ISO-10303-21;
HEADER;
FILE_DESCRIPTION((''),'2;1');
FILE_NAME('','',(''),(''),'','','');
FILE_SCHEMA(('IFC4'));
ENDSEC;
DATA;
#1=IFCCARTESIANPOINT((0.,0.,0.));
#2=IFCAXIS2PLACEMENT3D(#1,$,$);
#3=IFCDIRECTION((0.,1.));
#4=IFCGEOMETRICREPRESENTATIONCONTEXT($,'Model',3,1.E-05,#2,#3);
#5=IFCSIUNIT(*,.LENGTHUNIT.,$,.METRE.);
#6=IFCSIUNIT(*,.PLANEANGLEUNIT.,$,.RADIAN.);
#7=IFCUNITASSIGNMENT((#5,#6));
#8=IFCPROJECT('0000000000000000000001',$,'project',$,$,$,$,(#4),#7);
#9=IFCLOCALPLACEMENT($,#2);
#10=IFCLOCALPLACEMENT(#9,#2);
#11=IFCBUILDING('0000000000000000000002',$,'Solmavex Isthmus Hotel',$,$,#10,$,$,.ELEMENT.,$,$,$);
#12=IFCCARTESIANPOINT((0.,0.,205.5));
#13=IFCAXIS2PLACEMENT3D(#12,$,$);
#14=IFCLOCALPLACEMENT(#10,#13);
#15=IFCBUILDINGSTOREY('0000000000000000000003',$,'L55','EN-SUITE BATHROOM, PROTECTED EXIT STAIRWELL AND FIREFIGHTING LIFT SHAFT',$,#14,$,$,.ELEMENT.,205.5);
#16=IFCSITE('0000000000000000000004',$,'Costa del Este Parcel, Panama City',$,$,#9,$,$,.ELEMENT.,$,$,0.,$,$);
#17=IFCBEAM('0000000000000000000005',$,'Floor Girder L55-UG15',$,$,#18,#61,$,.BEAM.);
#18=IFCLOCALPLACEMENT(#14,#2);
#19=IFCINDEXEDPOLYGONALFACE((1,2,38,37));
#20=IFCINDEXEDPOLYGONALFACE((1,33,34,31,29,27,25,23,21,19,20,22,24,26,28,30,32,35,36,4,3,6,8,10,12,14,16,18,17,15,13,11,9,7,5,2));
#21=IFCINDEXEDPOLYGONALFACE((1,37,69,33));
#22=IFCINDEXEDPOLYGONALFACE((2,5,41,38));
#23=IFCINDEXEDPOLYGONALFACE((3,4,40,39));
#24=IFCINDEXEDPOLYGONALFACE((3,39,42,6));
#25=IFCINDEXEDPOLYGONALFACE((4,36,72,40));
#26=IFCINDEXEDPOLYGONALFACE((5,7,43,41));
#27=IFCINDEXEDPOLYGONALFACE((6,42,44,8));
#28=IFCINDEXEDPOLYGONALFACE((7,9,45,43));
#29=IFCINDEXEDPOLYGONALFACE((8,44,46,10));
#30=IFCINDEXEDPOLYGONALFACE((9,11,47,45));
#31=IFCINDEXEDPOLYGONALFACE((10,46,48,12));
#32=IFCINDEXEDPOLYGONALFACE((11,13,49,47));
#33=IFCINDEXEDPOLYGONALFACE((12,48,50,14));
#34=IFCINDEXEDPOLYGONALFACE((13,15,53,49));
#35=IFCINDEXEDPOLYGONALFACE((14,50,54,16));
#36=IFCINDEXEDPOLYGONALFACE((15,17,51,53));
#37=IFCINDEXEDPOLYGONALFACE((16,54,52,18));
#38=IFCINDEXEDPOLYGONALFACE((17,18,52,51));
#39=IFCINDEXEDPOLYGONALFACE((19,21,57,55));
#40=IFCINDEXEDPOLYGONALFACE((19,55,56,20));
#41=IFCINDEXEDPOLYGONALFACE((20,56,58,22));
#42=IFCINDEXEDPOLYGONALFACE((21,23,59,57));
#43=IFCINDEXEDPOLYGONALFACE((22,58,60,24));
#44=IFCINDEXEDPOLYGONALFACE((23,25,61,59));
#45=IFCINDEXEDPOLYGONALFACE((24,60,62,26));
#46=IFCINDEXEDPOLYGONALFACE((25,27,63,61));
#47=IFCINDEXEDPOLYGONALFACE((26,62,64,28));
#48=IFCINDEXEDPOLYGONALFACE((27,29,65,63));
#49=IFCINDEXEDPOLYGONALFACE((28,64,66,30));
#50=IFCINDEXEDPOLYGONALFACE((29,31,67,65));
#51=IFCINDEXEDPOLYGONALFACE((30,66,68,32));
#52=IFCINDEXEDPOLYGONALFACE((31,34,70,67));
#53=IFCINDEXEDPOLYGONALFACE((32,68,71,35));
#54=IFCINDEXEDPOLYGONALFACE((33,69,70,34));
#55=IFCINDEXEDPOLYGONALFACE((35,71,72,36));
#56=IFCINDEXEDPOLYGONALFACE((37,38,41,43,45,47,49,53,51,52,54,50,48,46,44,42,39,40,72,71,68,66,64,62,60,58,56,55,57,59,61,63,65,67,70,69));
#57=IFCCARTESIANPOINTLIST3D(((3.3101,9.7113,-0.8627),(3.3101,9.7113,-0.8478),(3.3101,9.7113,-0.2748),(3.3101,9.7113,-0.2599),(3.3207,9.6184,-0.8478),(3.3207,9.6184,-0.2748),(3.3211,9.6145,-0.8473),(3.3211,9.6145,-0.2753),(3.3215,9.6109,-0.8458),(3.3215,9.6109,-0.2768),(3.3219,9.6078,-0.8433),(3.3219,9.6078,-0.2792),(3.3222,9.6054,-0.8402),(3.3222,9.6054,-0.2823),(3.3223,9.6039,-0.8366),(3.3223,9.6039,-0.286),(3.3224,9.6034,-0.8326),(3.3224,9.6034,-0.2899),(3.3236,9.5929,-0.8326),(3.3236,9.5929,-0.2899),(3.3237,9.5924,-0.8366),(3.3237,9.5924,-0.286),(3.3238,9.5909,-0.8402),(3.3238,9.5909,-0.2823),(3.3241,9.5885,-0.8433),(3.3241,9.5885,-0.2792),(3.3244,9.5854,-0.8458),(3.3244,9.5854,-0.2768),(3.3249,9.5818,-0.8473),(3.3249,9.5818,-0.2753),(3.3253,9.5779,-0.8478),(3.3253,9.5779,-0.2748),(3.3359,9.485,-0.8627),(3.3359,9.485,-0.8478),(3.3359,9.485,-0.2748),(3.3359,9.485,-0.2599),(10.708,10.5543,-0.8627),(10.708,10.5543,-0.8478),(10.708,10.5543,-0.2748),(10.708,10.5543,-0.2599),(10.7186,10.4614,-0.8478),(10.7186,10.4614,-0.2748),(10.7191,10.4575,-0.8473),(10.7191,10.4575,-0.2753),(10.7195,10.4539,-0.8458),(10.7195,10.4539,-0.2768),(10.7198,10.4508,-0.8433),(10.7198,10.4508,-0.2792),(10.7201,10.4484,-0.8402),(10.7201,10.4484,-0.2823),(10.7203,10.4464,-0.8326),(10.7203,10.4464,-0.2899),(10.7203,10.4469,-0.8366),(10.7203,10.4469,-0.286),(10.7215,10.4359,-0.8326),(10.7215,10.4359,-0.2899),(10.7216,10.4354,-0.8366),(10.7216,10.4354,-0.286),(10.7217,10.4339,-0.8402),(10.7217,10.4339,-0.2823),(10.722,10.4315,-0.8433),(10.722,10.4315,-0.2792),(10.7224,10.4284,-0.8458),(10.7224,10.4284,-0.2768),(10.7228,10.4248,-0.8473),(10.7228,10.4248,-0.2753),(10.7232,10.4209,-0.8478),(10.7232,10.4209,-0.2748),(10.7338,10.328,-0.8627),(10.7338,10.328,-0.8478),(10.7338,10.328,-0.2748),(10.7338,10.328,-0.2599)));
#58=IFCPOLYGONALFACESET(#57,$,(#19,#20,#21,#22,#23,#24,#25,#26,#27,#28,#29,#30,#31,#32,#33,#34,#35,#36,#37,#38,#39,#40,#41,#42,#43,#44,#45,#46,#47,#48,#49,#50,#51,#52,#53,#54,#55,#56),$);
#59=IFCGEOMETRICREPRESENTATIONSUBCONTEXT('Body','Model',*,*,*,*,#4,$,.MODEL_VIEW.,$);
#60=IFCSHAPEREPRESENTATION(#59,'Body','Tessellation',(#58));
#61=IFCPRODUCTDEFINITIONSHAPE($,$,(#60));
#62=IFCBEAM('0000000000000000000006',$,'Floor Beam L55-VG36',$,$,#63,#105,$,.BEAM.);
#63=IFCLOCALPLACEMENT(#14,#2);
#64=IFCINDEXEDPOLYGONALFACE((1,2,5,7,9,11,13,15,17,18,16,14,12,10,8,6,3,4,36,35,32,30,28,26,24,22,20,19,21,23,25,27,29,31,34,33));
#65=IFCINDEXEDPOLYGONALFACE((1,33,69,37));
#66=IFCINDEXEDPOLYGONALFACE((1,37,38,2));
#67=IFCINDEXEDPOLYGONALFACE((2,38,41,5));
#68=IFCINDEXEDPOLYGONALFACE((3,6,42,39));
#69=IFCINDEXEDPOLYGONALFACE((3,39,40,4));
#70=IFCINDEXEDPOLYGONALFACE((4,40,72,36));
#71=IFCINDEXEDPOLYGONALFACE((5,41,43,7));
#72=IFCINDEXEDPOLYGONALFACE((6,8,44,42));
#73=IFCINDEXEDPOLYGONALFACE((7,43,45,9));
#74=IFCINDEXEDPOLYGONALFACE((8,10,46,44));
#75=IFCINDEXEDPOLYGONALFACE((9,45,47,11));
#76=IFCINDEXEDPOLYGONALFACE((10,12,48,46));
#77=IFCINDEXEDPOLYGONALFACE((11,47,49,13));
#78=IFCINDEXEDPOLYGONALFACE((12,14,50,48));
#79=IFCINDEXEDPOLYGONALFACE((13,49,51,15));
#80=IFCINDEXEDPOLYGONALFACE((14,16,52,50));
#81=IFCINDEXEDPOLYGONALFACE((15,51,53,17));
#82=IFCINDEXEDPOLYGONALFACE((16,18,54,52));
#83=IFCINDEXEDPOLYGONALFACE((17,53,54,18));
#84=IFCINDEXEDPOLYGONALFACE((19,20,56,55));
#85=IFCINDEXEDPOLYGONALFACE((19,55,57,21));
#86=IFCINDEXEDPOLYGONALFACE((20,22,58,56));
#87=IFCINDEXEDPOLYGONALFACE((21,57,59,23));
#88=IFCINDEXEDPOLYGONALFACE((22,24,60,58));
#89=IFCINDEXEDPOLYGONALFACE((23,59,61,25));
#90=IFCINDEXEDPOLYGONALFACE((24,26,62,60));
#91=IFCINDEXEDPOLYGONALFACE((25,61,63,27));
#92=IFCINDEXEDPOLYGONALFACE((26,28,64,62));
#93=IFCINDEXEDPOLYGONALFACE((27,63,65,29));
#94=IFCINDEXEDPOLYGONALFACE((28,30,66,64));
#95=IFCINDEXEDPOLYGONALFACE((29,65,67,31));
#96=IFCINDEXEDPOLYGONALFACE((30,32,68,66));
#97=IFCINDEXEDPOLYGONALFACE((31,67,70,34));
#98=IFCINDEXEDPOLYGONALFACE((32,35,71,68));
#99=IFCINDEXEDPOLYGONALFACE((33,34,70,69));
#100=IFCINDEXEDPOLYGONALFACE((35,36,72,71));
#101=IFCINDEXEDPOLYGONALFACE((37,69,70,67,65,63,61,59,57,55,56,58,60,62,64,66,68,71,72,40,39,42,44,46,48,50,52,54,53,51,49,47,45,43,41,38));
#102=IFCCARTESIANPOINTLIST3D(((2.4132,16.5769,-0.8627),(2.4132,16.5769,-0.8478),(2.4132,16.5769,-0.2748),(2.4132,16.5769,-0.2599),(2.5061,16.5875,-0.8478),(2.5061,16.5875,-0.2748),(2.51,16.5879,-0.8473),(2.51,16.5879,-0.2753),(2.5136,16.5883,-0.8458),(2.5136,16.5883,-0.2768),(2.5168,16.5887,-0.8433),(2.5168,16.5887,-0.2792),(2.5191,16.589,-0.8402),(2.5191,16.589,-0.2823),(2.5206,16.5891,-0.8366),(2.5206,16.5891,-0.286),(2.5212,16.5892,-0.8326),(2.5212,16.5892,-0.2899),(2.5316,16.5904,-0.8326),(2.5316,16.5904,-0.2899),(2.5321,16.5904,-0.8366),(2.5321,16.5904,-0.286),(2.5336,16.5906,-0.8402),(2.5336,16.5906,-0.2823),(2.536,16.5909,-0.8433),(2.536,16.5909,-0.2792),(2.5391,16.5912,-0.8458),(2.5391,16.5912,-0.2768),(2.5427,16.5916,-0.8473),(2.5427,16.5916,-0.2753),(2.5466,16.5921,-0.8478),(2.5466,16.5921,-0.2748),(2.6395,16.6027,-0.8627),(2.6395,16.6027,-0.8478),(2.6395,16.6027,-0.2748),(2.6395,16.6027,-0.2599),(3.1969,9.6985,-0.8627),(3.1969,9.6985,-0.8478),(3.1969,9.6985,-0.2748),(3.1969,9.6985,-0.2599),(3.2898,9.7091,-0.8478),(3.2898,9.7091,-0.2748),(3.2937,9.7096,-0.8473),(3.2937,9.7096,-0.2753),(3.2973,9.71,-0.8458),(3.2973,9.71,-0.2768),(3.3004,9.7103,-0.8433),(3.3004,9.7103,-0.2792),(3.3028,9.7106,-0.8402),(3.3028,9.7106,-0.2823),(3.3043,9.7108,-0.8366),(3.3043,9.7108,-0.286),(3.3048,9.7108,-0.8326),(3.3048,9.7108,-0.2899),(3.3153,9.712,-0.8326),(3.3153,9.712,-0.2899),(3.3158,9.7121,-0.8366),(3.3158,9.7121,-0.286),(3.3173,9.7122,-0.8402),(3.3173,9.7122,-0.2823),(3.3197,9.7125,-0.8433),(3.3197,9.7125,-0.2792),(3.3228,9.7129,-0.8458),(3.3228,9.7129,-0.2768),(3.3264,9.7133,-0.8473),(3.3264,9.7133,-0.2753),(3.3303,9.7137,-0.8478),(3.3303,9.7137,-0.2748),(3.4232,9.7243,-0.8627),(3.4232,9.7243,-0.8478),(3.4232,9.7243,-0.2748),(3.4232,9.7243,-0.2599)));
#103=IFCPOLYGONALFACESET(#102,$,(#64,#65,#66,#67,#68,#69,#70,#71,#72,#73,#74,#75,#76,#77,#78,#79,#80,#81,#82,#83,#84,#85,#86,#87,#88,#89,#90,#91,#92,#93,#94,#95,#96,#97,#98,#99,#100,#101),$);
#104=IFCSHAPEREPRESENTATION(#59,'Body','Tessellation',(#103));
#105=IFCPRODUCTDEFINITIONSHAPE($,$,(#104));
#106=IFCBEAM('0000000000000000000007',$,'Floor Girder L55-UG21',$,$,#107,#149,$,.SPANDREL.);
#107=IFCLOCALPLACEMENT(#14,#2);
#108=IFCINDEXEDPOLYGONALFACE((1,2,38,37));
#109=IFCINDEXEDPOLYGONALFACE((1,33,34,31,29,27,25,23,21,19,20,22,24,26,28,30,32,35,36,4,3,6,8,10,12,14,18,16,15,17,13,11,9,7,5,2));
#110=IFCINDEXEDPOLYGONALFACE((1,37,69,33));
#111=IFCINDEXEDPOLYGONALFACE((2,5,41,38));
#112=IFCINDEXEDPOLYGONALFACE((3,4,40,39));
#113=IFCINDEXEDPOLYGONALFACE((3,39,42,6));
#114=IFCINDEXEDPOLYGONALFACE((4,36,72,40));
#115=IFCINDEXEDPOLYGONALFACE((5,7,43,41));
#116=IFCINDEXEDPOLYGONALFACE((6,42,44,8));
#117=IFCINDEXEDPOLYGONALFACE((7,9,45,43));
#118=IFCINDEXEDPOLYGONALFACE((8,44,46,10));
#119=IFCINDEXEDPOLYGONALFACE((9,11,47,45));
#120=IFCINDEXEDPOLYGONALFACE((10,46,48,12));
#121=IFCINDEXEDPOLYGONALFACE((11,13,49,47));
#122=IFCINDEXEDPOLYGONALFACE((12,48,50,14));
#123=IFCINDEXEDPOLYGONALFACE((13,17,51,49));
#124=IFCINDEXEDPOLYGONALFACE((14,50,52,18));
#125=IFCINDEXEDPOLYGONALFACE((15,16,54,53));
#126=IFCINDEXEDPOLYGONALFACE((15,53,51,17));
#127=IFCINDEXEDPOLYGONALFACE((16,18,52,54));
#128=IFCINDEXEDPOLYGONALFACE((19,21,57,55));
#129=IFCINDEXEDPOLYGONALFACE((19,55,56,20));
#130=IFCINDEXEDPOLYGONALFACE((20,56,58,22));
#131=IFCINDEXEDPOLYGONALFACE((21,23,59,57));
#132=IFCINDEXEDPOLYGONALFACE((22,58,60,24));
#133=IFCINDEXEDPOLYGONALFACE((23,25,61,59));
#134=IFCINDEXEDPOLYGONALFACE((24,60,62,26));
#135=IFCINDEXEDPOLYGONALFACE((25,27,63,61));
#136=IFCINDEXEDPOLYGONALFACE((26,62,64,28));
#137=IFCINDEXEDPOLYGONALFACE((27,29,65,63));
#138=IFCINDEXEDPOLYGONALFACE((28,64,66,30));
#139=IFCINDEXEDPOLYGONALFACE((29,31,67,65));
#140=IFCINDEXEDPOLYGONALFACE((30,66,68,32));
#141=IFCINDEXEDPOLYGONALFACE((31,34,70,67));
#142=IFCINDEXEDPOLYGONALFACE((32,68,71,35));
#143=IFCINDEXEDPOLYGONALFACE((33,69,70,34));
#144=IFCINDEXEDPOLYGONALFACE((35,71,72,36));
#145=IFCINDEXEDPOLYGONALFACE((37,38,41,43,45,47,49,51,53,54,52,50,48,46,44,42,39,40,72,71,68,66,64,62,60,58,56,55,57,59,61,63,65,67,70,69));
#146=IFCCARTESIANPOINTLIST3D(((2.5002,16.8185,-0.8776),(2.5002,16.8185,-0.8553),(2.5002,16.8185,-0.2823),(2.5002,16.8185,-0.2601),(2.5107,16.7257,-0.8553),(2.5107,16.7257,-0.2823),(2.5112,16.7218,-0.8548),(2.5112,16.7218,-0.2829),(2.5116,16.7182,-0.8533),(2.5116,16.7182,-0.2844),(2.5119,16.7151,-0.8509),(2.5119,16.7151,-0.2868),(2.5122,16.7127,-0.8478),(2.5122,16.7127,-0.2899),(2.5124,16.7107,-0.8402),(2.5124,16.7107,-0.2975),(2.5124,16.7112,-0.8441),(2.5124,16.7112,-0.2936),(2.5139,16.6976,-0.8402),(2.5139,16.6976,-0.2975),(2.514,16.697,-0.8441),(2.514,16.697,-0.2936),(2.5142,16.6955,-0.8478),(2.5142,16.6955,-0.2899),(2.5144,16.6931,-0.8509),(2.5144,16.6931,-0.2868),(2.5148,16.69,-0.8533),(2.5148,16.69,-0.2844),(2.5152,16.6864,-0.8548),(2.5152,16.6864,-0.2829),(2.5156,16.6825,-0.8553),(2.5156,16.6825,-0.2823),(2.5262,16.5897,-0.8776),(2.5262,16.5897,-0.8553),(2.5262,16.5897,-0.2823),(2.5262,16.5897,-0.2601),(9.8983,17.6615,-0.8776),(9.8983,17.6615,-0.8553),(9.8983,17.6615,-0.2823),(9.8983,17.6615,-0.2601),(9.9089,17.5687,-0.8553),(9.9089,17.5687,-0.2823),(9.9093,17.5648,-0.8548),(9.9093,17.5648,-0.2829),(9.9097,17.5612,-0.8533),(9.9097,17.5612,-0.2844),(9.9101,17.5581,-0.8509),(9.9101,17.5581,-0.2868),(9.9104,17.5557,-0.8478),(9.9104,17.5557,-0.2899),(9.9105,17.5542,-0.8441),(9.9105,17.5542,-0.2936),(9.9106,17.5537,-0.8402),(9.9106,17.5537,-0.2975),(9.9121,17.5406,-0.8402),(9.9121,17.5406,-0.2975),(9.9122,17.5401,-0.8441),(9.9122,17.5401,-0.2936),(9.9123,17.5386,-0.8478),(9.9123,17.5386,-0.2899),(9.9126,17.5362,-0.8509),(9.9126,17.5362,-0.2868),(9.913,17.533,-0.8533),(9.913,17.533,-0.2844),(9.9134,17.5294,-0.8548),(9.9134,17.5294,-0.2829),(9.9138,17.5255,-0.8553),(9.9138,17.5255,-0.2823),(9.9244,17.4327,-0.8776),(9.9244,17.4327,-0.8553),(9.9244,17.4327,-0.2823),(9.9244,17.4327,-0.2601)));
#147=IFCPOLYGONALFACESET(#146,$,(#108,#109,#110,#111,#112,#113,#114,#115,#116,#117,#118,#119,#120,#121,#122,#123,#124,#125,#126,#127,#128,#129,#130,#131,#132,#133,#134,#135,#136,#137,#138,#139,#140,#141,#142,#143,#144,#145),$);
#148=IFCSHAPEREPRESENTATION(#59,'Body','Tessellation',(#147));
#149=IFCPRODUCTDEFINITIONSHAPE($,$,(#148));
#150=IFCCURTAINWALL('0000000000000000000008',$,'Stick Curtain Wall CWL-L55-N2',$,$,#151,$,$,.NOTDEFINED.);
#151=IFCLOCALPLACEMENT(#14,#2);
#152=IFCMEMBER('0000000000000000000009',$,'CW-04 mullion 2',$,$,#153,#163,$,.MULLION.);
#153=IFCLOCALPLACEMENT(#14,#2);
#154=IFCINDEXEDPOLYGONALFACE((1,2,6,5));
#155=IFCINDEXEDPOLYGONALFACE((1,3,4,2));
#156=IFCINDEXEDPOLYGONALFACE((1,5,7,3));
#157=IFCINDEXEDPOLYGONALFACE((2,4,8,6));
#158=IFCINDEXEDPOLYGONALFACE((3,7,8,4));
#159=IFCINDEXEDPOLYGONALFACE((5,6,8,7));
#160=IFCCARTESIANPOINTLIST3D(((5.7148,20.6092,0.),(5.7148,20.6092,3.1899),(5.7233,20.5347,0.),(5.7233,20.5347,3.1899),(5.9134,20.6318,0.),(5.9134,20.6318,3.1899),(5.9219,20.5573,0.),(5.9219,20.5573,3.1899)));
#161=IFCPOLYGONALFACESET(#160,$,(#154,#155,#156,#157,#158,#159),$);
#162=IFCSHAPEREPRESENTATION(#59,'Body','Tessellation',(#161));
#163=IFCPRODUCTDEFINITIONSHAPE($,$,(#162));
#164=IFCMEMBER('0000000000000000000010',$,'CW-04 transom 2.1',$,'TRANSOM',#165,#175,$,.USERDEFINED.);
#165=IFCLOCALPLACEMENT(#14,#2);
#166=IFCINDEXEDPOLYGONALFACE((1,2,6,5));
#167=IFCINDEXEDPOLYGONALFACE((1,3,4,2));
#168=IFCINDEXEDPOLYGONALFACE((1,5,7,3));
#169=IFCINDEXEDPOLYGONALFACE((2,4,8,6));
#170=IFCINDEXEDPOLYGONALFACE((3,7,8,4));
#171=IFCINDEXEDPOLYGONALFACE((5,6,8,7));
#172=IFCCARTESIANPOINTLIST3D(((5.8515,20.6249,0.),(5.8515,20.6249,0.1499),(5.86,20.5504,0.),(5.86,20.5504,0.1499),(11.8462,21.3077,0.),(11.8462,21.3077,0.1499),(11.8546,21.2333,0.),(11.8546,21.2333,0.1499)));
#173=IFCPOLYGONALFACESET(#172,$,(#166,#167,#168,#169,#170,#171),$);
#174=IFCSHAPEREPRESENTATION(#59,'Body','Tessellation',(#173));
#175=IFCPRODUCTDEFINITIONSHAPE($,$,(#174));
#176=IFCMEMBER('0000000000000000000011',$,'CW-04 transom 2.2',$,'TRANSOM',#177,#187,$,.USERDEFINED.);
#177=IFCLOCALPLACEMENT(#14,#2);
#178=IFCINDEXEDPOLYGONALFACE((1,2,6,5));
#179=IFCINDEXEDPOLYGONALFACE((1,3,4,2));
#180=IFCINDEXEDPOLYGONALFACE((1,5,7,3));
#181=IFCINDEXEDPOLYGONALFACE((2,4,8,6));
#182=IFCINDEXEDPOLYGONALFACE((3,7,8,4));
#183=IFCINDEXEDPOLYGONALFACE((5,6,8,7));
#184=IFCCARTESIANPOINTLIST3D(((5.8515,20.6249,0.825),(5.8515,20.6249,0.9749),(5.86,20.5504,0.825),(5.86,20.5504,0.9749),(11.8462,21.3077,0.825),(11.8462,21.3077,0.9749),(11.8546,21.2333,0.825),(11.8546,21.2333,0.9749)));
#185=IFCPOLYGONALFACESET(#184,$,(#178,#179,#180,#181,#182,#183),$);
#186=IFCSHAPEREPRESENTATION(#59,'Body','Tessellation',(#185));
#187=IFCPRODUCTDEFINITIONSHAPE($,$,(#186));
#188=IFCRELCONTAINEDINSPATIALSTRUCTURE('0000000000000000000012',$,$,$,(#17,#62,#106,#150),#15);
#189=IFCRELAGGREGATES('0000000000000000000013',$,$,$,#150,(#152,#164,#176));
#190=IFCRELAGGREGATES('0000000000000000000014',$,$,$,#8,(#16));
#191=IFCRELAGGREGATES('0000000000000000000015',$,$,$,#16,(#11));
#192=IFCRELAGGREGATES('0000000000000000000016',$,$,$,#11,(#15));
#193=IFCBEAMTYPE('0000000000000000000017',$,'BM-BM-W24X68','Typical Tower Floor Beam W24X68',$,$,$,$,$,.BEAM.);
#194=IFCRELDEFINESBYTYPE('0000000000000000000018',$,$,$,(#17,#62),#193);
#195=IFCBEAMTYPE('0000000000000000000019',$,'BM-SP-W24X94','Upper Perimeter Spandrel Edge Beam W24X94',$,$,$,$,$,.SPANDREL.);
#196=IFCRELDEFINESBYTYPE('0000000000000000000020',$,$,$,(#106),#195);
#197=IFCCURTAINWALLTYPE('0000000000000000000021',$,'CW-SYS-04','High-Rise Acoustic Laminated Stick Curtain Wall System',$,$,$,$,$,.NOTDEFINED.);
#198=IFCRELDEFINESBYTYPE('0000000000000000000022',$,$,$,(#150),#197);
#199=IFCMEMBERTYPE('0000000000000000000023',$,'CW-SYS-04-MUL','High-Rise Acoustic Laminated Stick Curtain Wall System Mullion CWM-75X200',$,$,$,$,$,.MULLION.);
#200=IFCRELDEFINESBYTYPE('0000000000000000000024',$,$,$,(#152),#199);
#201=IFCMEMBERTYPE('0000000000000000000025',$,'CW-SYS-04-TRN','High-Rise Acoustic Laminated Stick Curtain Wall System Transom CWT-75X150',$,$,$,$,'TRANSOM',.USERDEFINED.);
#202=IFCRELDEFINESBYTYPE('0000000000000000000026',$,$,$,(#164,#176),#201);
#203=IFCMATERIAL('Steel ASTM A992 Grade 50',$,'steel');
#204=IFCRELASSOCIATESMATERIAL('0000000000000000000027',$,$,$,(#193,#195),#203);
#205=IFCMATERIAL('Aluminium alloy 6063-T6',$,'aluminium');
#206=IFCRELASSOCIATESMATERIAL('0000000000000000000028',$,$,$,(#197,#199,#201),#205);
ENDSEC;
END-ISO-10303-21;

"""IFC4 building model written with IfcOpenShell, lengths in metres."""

from ifc_helpers import new_model, si_unit, direction, frame, origin, origin_2d, place, context, subcontext, project, spatial, rectangle, i_section, extrude, material, material_profile, profile_set, type_object, element, aggregate, save


model = new_model("IFC4")

# Units and contexts
model_context = context("Model", 3, precision=1e-05, world=origin(), true_north=direction((0.0, 1.0)))
body_context = subcontext(model_context, "Body", "Model", "MODEL_VIEW")
ifc_project = project(units=[si_unit("LENGTHUNIT", "METRE"), si_unit("PLANEANGLEUNIT", "RADIAN")], contexts=[model_context])

# Site, building, storey
site_placement = place(None, origin())
site = spatial("IfcSite", under=ifc_project, at=site_placement, Name="Costa del Este Parcel, Panama City", CompositionType="ELEMENT", RefElevation=0.0)
building_placement = place(site_placement, origin())
building = spatial("IfcBuilding", under=site, at=building_placement, Name="Solmavex Isthmus Hotel", CompositionType="ELEMENT")
storey_placement = place(building_placement, frame((0.0, 0.0, 205.5)))
storey = spatial("IfcBuildingStorey", under=building, at=storey_placement, Name="L55", Description="EN-SUITE BATHROOM, PROTECTED EXIT STAIRWELL AND FIREFIGHTING LIFT SHAFT", CompositionType="ELEMENT", Elevation=205.5)

# Beams
ifc_material_1 = material(Name="Steel ASTM A992 Grade 50", Category="steel")
ifc_material_profile_1 = material_profile(ifc_material_1, i_section(OverallWidth=0.2278, OverallDepth=0.6028, WebThickness=0.0105, FlangeThickness=0.0149, FilletRadius=0.0151, at=origin_2d()), Name="W24X68")
ifc_profile_set_1 = profile_set([ifc_material_profile_1], Name="Steel ASTM A992 Grade 50")
beam_type_1 = type_object("IfcBeamType", Name="BM-BM-W24X68", Description="Typical Tower Floor Beam W24X68", PredefinedType="BEAM", material=ifc_profile_set_1)
beam_1_placement = place(storey_placement, frame((3.323, 9.5981, -0.5613), z_axis=(0.99357, 0.11322, 0.0), x_axis=(-0.11322, 0.99357, 0.0)))
element("IfcBeam", 1, at=beam_1_placement, inside=storey, type_object=beam_type_1, Name="Floor Girder L55-UG15", PredefinedType="BEAM", context=body_context, shape_type="SweptSolid", body=[
    extrude(i_section(OverallWidth=0.2278, OverallDepth=0.6028, WebThickness=0.0105, FlangeThickness=0.0149, FilletRadius=0.0151, at=origin_2d()), origin(), (0.0, 0.0, 1.0), 7.4458),
])
beam_2_placement = place(storey_placement, frame((3.3101, 9.7114, -0.5613), z_axis=(-0.113202, 0.993572, 0.0), x_axis=(-0.993572, -0.113202, 0.0)))
element("IfcBeam", 2, at=beam_2_placement, inside=storey, type_object=beam_type_1, Name="Floor Beam L55-VG36", PredefinedType="BEAM", context=body_context, shape_type="SweptSolid", body=[
    extrude(i_section(OverallWidth=0.2278, OverallDepth=0.6028, WebThickness=0.0105, FlangeThickness=0.0149, FilletRadius=0.0151, at=origin_2d()), origin(), (0.0, 0.0, 1.0), 6.9229),
])
ifc_material_profile_2 = material_profile(ifc_material_1, i_section(OverallWidth=0.2302, OverallDepth=0.6174, WebThickness=0.0132, FlangeThickness=0.0222, FilletRadius=0.0151, at=origin_2d()), Name="W24X94")
ifc_profile_set_2 = profile_set([ifc_material_profile_2], Name="Steel ASTM A992 Grade 50")
beam_type_2 = type_object("IfcBeamType", Name="BM-SP-W24X94", Description="Upper Perimeter Spandrel Edge Beam W24X94", PredefinedType="SPANDREL", material=ifc_profile_set_2)
beam_3_placement = place(storey_placement, frame((2.5132, 16.7041, -0.5688), z_axis=(0.99357, 0.113216, 0.0), x_axis=(-0.113216, 0.99357, 0.0)))
element("IfcBeam", 3, at=beam_3_placement, inside=storey, type_object=beam_type_2, Name="Floor Girder L55-UG21", PredefinedType="SPANDREL", context=body_context, shape_type="SweptSolid", body=[
    extrude(i_section(OverallWidth=0.2302, OverallDepth=0.6174, WebThickness=0.0132, FlangeThickness=0.0222, FilletRadius=0.0151, at=origin_2d()), origin(), (0.0, 0.0, 1.0), 7.446),
])

# Curtain wall, members
ifc_material_2 = material(Name="Aluminium alloy 6063-T6", Category="aluminium")
curtain_wall_type = type_object("IfcCurtainWallType", Name="CW-SYS-04", Description="High-Rise Acoustic Laminated Stick Curtain Wall System", PredefinedType="NOTDEFINED", material=ifc_material_2)
curtain_wall_placement = place(storey_placement, origin())
curtain_wall = element("IfcCurtainWall", 4, at=curtain_wall_placement, inside=storey, type_object=curtain_wall_type, Name="Stick Curtain Wall CWL-L55-N2", PredefinedType="NOTDEFINED")
ifc_material_profile_3 = material_profile(ifc_material_2, rectangle(XDim=0.075, YDim=0.2, at=origin_2d()), Name="CWM-75X200")
ifc_profile_set_3 = profile_set([ifc_material_profile_3], Name="Aluminium alloy 6063-T6")
member_type_1 = type_object("IfcMemberType", Name="CW-SYS-04-MUL", Description="High-Rise Acoustic Laminated Stick Curtain Wall System Mullion CWM-75X200", PredefinedType="MULLION", material=ifc_profile_set_3)
member_1_placement = place(storey_placement, frame((5.8184, 20.5833, 0.0), z_axis=(0.0, 0.0, 1.0), x_axis=(-0.113203, 0.993572, 0.0)))
member_1 = element("IfcMember", 5, at=member_1_placement, type_object=member_type_1, Name="CW-04 mullion 2", PredefinedType="MULLION", context=body_context, shape_type="SweptSolid", body=[
    extrude(rectangle(XDim=0.075, YDim=0.2, at=origin_2d()), origin(), (0.0, 0.0, 1.0), 3.1899),
])
ifc_material_profile_4 = material_profile(ifc_material_2, rectangle(XDim=0.075, YDim=0.1499, at=origin_2d()), Name="CWT-75X150")
ifc_profile_set_4 = profile_set([ifc_material_profile_4], Name="Aluminium alloy 6063-T6")
member_type_2 = type_object("IfcMemberType", Name="CW-SYS-04-TRN", Description="High-Rise Acoustic Laminated Stick Curtain Wall System Transom CWT-75X150", ElementType="TRANSOM", PredefinedType="USERDEFINED", material=ifc_profile_set_4)
member_2_placement = place(storey_placement, frame((5.8557, 20.5876, 0.075), z_axis=(0.993574, 0.11318, 0.0), x_axis=(-0.11318, 0.993574, 0.0)))
member_2 = element("IfcMember", 6, at=member_2_placement, type_object=member_type_2, Name="CW-04 transom 2.1", ObjectType="TRANSOM", PredefinedType="USERDEFINED", context=body_context, shape_type="SweptSolid", body=[
    extrude(rectangle(XDim=0.075, YDim=0.1499, at=origin_2d()), origin(), (0.0, 0.0, 1.0), 6.0334),
])
member_3_placement = place(storey_placement, frame((5.8557, 20.5876, 0.8999), z_axis=(0.993574, 0.11318, 0.0), x_axis=(-0.11318, 0.993574, 0.0)))
member_3 = element("IfcMember", 7, at=member_3_placement, type_object=member_type_2, Name="CW-04 transom 2.2", ObjectType="TRANSOM", PredefinedType="USERDEFINED", context=body_context, shape_type="SweptSolid", body=[
    extrude(rectangle(XDim=0.075, YDim=0.1499, at=origin_2d()), origin(), (0.0, 0.0, 1.0), 6.0334),
])
aggregate(curtain_wall, [member_1, member_2, member_3])

save(model, "model.ifc")
